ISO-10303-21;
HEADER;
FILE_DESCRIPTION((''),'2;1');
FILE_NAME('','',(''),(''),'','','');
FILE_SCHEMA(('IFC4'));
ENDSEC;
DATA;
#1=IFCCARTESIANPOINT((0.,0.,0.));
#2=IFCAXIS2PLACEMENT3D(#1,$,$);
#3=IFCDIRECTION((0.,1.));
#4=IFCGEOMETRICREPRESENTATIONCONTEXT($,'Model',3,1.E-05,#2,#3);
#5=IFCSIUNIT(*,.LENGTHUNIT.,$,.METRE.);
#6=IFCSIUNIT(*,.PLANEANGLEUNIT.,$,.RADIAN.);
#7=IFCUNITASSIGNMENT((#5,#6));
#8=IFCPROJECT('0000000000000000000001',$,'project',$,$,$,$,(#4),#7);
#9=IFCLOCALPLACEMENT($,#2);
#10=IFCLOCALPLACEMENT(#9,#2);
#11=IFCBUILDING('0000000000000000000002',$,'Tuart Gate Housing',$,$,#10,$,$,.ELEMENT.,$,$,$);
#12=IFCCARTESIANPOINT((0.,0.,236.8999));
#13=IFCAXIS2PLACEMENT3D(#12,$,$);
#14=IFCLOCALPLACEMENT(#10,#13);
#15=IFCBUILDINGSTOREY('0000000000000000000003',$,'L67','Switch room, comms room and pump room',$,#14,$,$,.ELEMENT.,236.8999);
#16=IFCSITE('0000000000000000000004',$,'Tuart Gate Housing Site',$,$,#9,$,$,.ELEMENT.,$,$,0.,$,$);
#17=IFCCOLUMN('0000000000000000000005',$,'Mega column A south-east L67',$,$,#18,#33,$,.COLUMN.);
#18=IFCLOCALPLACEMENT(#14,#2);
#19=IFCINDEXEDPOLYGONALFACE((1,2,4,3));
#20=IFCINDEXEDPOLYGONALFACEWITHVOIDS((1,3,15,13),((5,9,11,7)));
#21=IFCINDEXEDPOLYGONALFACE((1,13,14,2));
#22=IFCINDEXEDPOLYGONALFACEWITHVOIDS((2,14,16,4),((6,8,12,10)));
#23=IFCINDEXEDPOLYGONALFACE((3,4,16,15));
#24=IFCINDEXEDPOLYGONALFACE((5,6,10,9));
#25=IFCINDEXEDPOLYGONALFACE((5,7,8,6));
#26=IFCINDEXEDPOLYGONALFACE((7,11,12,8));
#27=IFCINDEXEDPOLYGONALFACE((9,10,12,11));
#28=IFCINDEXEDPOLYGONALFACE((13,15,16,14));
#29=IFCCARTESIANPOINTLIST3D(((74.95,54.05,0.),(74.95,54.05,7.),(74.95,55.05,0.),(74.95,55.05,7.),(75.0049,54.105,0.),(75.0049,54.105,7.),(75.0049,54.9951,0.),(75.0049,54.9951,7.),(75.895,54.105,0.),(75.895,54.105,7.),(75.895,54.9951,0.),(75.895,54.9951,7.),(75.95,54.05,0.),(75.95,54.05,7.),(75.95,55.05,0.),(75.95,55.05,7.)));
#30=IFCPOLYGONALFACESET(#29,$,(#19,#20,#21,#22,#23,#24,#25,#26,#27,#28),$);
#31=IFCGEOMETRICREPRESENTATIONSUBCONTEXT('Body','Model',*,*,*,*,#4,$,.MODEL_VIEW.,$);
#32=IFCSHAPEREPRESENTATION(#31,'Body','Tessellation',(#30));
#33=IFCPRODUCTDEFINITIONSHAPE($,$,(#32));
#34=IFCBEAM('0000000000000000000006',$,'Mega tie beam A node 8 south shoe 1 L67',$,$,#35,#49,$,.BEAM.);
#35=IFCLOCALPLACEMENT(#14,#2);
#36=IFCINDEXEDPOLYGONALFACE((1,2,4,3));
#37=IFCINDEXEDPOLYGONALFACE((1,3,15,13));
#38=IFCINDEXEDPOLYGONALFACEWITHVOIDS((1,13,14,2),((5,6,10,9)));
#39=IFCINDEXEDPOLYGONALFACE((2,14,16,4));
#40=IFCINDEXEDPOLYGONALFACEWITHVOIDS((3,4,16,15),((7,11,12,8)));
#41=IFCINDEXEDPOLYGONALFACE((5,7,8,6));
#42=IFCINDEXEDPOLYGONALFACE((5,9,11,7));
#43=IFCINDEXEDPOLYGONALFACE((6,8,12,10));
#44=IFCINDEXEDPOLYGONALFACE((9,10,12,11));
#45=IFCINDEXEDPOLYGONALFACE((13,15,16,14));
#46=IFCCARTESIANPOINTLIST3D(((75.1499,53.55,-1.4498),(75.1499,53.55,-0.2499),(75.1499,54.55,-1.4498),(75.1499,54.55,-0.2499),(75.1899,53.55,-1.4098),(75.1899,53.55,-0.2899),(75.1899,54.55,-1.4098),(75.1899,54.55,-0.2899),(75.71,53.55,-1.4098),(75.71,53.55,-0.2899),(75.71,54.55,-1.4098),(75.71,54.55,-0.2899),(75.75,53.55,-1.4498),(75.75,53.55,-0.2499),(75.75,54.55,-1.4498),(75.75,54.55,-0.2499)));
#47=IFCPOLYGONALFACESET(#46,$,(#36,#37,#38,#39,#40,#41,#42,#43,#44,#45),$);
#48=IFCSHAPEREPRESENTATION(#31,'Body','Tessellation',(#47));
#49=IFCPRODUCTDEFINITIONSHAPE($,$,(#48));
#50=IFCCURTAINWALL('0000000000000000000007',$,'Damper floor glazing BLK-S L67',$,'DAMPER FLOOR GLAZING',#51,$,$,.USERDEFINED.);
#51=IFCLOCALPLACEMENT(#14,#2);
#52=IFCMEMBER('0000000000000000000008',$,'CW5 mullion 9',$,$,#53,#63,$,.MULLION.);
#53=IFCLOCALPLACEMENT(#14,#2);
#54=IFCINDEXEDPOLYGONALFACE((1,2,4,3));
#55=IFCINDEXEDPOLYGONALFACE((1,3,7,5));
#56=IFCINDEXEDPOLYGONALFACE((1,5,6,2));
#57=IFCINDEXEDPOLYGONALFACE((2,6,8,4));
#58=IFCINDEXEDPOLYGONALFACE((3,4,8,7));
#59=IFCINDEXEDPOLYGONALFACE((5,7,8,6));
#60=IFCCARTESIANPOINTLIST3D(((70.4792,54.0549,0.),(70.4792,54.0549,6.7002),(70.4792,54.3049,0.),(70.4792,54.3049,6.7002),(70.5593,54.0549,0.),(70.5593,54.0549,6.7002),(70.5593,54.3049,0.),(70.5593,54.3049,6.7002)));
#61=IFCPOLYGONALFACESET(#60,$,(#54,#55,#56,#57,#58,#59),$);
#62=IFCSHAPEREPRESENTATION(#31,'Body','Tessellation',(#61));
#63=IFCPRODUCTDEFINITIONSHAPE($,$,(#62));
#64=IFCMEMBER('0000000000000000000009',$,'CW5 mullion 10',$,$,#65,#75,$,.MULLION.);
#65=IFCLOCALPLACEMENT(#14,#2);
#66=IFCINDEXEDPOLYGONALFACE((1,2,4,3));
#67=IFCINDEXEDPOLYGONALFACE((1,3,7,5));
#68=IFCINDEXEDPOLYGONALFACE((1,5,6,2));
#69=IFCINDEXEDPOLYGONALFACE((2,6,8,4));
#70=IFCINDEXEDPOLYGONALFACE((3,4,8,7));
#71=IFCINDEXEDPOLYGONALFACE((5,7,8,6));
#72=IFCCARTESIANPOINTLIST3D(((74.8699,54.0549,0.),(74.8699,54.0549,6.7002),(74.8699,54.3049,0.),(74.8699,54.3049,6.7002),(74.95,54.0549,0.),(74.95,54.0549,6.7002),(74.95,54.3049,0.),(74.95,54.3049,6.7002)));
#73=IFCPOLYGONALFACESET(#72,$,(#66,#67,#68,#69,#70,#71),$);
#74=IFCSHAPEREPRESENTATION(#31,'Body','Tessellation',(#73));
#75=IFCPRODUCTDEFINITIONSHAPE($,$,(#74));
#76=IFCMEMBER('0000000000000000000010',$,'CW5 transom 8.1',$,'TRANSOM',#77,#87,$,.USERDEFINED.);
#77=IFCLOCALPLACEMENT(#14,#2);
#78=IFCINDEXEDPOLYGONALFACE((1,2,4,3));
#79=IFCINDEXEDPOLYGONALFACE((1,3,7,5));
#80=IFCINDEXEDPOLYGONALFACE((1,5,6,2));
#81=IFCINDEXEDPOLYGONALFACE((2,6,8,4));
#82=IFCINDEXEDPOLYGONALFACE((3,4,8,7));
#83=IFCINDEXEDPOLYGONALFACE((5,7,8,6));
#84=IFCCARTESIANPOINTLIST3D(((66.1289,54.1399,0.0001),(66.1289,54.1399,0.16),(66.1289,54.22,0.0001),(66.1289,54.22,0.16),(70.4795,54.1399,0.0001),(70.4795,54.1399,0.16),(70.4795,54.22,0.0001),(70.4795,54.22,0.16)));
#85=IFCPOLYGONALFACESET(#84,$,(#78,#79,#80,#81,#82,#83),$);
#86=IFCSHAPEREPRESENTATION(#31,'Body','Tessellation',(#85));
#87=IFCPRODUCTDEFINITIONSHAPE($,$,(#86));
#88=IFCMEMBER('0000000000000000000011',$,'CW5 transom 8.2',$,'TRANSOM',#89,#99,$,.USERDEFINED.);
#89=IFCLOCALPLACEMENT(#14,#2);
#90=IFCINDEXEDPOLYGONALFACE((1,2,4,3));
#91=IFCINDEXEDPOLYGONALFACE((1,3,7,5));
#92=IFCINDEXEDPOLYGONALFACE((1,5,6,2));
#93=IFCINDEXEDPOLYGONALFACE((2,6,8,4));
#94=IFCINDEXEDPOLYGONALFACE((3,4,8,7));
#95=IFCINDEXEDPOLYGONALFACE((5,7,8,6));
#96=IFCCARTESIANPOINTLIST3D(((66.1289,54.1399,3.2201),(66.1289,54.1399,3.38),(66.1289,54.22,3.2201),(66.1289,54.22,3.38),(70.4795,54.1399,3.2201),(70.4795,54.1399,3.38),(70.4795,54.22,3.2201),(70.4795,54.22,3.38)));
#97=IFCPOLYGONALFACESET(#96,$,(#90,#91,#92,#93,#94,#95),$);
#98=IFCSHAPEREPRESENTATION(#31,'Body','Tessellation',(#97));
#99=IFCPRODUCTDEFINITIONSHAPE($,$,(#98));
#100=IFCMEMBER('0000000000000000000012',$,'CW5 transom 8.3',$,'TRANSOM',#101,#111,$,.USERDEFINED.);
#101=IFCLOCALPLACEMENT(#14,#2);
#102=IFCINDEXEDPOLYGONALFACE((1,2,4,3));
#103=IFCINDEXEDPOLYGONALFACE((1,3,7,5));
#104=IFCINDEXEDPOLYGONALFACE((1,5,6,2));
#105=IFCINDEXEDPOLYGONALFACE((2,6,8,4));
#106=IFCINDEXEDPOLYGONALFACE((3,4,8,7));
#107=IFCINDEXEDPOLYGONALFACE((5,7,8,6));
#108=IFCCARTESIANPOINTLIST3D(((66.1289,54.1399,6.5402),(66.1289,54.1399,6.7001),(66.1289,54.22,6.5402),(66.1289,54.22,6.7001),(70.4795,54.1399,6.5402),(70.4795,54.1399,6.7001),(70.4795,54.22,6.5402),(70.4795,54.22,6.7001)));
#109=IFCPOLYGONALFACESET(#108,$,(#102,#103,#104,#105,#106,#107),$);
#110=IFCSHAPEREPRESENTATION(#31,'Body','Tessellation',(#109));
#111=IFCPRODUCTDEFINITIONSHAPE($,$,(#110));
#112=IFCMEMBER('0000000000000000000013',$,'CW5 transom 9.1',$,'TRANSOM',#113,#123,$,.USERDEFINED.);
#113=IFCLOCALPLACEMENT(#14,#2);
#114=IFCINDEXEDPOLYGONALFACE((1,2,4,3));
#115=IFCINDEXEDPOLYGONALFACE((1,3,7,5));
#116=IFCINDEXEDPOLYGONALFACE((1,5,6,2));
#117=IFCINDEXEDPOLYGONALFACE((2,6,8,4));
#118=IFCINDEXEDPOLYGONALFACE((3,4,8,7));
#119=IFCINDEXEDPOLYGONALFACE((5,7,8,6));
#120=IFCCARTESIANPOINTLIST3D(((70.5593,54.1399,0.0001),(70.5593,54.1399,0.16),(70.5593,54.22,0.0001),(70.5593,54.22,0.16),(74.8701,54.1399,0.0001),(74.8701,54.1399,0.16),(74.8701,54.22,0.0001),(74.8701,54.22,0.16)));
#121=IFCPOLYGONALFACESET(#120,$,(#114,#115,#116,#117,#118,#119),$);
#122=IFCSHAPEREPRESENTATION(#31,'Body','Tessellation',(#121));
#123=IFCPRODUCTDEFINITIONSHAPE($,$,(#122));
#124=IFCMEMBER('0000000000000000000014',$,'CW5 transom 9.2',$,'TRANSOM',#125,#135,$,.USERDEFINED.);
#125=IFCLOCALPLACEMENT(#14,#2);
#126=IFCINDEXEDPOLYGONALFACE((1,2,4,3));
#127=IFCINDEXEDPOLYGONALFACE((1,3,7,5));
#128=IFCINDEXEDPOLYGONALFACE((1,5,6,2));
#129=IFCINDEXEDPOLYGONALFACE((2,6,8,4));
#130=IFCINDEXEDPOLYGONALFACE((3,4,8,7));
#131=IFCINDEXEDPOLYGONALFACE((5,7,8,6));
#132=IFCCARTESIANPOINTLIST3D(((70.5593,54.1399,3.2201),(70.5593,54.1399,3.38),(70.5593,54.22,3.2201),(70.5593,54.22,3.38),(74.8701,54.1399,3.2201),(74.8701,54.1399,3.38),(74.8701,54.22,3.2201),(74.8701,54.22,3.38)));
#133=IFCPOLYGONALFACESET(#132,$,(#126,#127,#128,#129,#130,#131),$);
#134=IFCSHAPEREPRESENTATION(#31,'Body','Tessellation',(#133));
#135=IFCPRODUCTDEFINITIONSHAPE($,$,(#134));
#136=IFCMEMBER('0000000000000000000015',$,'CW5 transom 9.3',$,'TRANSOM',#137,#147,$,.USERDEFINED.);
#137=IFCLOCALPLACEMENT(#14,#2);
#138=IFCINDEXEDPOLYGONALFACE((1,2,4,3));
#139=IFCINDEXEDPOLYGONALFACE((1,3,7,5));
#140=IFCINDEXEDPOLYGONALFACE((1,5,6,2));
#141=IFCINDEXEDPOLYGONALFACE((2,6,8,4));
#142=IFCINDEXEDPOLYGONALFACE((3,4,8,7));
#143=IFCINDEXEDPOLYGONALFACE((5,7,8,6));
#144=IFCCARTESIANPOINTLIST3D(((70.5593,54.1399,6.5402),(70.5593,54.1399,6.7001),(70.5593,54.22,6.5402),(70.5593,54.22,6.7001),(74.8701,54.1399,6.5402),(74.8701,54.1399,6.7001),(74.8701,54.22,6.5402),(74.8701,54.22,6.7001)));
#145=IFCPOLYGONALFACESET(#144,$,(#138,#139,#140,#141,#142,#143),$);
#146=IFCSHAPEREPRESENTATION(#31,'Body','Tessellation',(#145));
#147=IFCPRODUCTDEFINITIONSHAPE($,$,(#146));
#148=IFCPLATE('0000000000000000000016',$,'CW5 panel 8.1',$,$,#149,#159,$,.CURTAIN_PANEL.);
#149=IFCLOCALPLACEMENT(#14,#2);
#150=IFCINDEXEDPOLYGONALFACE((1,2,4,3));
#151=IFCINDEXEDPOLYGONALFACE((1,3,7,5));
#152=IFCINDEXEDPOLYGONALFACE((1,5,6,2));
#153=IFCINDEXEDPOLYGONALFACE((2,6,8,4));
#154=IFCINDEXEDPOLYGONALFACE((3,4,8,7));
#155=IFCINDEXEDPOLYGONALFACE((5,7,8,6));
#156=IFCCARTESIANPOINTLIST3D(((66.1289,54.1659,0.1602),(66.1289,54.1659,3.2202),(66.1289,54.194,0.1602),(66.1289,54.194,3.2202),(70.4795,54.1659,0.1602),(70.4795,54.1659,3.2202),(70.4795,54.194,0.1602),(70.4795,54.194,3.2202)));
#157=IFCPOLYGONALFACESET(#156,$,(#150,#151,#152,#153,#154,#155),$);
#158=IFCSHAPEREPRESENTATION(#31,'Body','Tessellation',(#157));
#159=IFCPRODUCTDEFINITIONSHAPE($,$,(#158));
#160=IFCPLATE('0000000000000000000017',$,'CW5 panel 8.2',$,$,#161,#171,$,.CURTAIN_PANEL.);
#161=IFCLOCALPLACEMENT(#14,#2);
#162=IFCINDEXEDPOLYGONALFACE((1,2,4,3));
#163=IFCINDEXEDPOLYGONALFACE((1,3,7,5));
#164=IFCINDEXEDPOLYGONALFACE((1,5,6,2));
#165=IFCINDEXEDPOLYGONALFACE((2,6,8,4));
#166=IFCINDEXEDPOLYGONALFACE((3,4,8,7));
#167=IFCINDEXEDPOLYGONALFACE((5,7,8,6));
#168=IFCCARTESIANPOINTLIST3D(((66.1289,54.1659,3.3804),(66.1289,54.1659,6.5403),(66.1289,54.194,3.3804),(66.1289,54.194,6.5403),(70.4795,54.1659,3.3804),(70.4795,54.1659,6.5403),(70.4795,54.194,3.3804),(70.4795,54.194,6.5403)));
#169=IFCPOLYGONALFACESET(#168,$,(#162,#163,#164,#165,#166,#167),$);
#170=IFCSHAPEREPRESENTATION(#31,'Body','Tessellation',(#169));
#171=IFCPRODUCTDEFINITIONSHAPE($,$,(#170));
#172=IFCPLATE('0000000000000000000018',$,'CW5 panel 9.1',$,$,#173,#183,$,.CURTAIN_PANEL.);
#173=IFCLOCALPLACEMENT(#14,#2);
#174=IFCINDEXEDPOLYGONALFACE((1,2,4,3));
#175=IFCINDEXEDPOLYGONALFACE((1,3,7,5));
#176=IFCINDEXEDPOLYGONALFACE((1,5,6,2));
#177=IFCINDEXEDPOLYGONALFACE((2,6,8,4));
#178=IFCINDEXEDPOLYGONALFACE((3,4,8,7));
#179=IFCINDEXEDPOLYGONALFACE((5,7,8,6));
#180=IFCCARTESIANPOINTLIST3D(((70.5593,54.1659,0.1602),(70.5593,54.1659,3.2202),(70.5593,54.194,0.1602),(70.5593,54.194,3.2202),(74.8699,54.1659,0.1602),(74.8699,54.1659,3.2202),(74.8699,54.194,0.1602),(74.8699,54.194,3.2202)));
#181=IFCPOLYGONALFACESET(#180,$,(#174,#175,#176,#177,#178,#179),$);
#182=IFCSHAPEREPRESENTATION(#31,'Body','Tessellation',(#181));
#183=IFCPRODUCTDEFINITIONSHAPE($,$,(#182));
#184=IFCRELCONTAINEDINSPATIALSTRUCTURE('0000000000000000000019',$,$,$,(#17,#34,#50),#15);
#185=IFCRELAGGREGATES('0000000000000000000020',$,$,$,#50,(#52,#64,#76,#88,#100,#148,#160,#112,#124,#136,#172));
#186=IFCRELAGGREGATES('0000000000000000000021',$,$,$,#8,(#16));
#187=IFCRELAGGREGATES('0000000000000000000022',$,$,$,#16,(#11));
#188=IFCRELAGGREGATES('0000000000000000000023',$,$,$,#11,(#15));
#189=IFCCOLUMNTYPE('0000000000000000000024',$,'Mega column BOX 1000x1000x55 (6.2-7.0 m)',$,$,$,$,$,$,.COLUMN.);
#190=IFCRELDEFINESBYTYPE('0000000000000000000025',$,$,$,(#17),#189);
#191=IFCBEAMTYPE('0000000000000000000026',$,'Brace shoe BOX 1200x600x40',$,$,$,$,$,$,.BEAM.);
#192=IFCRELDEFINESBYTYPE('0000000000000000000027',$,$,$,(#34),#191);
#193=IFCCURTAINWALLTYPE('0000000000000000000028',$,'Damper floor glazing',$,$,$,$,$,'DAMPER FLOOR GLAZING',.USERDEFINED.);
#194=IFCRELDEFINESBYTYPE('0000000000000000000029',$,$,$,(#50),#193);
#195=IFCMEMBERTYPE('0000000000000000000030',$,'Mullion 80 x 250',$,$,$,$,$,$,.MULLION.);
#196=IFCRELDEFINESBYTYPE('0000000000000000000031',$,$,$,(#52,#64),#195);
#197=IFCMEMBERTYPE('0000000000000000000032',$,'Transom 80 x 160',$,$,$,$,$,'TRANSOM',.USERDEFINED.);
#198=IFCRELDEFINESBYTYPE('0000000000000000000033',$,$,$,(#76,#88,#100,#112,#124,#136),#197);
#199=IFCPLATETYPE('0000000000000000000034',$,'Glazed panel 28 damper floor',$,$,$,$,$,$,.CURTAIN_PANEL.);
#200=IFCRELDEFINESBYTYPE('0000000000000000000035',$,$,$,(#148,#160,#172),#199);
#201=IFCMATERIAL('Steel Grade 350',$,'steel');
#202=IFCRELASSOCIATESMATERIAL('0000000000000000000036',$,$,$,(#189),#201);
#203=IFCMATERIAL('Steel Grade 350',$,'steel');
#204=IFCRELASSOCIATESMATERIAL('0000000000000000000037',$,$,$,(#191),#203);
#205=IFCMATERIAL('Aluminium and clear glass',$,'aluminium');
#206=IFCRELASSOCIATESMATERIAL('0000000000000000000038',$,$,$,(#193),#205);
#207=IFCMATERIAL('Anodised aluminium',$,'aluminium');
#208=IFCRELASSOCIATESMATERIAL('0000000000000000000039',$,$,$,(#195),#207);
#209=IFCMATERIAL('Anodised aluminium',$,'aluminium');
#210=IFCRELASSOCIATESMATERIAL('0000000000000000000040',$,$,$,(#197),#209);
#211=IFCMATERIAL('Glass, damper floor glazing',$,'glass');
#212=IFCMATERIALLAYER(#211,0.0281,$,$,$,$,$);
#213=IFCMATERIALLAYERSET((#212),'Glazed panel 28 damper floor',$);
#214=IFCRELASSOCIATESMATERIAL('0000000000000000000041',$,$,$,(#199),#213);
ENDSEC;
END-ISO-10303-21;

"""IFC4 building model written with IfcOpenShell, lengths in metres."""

from ifc_helpers import new_model, si_unit, direction, frame, origin, origin_2d, place, context, subcontext, project, spatial, rectangle, hollow_rectangle, extrude, material, layer, layer_set, material_profile, profile_set, type_object, element, aggregate, save


model = new_model("IFC4")

# Units and contexts
model_context = context("Model", 3, precision=1e-05, world=origin(), true_north=direction((0.0, 1.0)))
body_context = subcontext(model_context, "Body", "Model", "MODEL_VIEW")
ifc_project = project(units=[si_unit("LENGTHUNIT", "METRE"), si_unit("PLANEANGLEUNIT", "RADIAN")], contexts=[model_context])

# Site, building, storey
site_placement = place(None, origin())
site = spatial("IfcSite", under=ifc_project, at=site_placement, Name="Tuart Gate Housing Site", CompositionType="ELEMENT", RefElevation=0.0)
building_placement = place(site_placement, origin())
building = spatial("IfcBuilding", under=site, at=building_placement, Name="Tuart Gate Housing", CompositionType="ELEMENT")
storey_placement = place(building_placement, frame((0.0, 0.0, 236.8999)))
storey = spatial("IfcBuildingStorey", under=building, at=storey_placement, Name="L67", Description="Switch room, comms room and pump room", CompositionType="ELEMENT", Elevation=236.8999)

# Column
ifc_material_1 = material(Name="Steel Grade 350", Category="steel")
ifc_material_profile_1 = material_profile(ifc_material_1, hollow_rectangle(XDim=1.0, YDim=1.0, WallThickness=0.0549, at=origin_2d()), Name="BOX 1000x1000x55")
ifc_profile_set_1 = profile_set([ifc_material_profile_1], Name="Steel Grade 350")
column_type = type_object("IfcColumnType", Name="Mega column BOX 1000x1000x55 (6.2-7.0 m)", PredefinedType="COLUMN", material=ifc_profile_set_1)
column_placement = place(storey_placement, frame((75.45, 54.55, 0.0), z_axis=(0.0, 0.0, 1.0), x_axis=(1.0, 0.0, 0.0)))
element("IfcColumn", 1, at=column_placement, inside=storey, type_object=column_type, Name="Mega column A south-east L67", PredefinedType="COLUMN", context=body_context, shape_type="SweptSolid", body=[
    extrude(hollow_rectangle(XDim=1.0, YDim=1.0, WallThickness=0.0549, at=origin_2d()), origin(), (0.0, 0.0, 1.0), 7.0),
])

# Beam
ifc_material_2 = material(Name="Steel Grade 350", Category="steel")
ifc_material_profile_2 = material_profile(ifc_material_2, hollow_rectangle(XDim=0.6001, YDim=1.2, WallThickness=0.04, at=origin_2d()), Name="BOX 1200x600x40")
ifc_profile_set_2 = profile_set([ifc_material_profile_2], Name="Steel Grade 350")
beam_type = type_object("IfcBeamType", Name="Brace shoe BOX 1200x600x40", PredefinedType="BEAM", material=ifc_profile_set_2)
beam_placement = place(storey_placement, frame((75.45, 54.55, -0.8499), z_axis=(0.0, -1.0, 0.0), x_axis=(1.0, 0.0, 0.0)))
element("IfcBeam", 2, at=beam_placement, inside=storey, type_object=beam_type, Name="Mega tie beam A node 8 south shoe 1 L67", PredefinedType="BEAM", context=body_context, shape_type="SweptSolid", body=[
    extrude(hollow_rectangle(XDim=0.6001, YDim=1.2, WallThickness=0.04, at=origin_2d()), origin(), (0.0, 0.0, 1.0), 1.0),
])

# Curtain wall, members, plates
ifc_material_3 = material(Name="Aluminium and clear glass", Category="aluminium")
curtain_wall_type = type_object("IfcCurtainWallType", Name="Damper floor glazing", ElementType="DAMPER FLOOR GLAZING", PredefinedType="USERDEFINED", material=ifc_material_3)
curtain_wall_placement = place(storey_placement, origin())
curtain_wall = element("IfcCurtainWall", 3, at=curtain_wall_placement, inside=storey, type_object=curtain_wall_type, Name="Damper floor glazing BLK-S L67", ObjectType="DAMPER FLOOR GLAZING", PredefinedType="USERDEFINED")
ifc_material_4 = material(Name="Anodised aluminium", Category="aluminium")
ifc_material_profile_3 = material_profile(ifc_material_4, rectangle(XDim=0.0801, YDim=0.25, at=origin_2d()), Name="80x250")
ifc_profile_set_3 = profile_set([ifc_material_profile_3], Name="Anodised aluminium")
member_type_1 = type_object("IfcMemberType", Name="Mullion 80 x 250", PredefinedType="MULLION", material=ifc_profile_set_3)
member_1_placement = place(storey_placement, frame((70.5193, 54.1799, 0.0), z_axis=(0.0, 0.0, 1.0), x_axis=(1.0, 0.0, 0.0)))
member_1 = element("IfcMember", 4, at=member_1_placement, type_object=member_type_1, Name="CW5 mullion 9", PredefinedType="MULLION", context=body_context, shape_type="SweptSolid", body=[
    extrude(rectangle(XDim=0.0801, YDim=0.25, at=origin_2d()), origin(), (0.0, 0.0, 1.0), 6.7002),
])
member_2_placement = place(storey_placement, frame((74.9099, 54.1799, 0.0), z_axis=(0.0, 0.0, 1.0), x_axis=(1.0, 0.0, 0.0)))
member_2 = element("IfcMember", 5, at=member_2_placement, type_object=member_type_1, Name="CW5 mullion 10", PredefinedType="MULLION", context=body_context, shape_type="SweptSolid", body=[
    extrude(rectangle(XDim=0.0801, YDim=0.25, at=origin_2d()), origin(), (0.0, 0.0, 1.0), 6.7002),
])
ifc_material_5 = material(Name="Anodised aluminium", Category="aluminium")
ifc_material_profile_4 = material_profile(ifc_material_5, rectangle(XDim=0.0801, YDim=0.1599, at=origin_2d()), Name="80x160")
ifc_profile_set_4 = profile_set([ifc_material_profile_4], Name="Anodised aluminium")
member_type_2 = type_object("IfcMemberType", Name="Transom 80 x 160", ElementType="TRANSOM", PredefinedType="USERDEFINED", material=ifc_profile_set_4)
member_3_placement = place(storey_placement, frame((66.1289, 54.1799, 0.0801), z_axis=(1.0, 0.0, 0.0), x_axis=(0.0, 1.0, 0.0)))
member_3 = element("IfcMember", 6, at=member_3_placement, type_object=member_type_2, Name="CW5 transom 8.1", ObjectType="TRANSOM", PredefinedType="USERDEFINED", context=body_context, shape_type="SweptSolid", body=[
    extrude(rectangle(XDim=0.0801, YDim=0.1599, at=origin_2d()), origin(), (0.0, 0.0, 1.0), 4.3506),
])
member_4_placement = place(storey_placement, frame((66.1289, 54.1799, 3.3), z_axis=(1.0, 0.0, 0.0), x_axis=(0.0, 1.0, 0.0)))
member_4 = element("IfcMember", 7, at=member_4_placement, type_object=member_type_2, Name="CW5 transom 8.2", ObjectType="TRANSOM", PredefinedType="USERDEFINED", context=body_context, shape_type="SweptSolid", body=[
    extrude(rectangle(XDim=0.0801, YDim=0.1599, at=origin_2d()), origin(), (0.0, 0.0, 1.0), 4.3506),
])
member_5_placement = place(storey_placement, frame((66.1289, 54.1799, 6.6201), z_axis=(1.0, 0.0, 0.0), x_axis=(0.0, 1.0, 0.0)))
member_5 = element("IfcMember", 8, at=member_5_placement, type_object=member_type_2, Name="CW5 transom 8.3", ObjectType="TRANSOM", PredefinedType="USERDEFINED", context=body_context, shape_type="SweptSolid", body=[
    extrude(rectangle(XDim=0.0801, YDim=0.1599, at=origin_2d()), origin(), (0.0, 0.0, 1.0), 4.3506),
])
member_6_placement = place(storey_placement, frame((70.5593, 54.1799, 0.0801), z_axis=(1.0, 0.0, 0.0), x_axis=(0.0, 1.0, 0.0)))
member_6 = element("IfcMember", 9, at=member_6_placement, type_object=member_type_2, Name="CW5 transom 9.1", ObjectType="TRANSOM", PredefinedType="USERDEFINED", context=body_context, shape_type="SweptSolid", body=[
    extrude(rectangle(XDim=0.0801, YDim=0.1599, at=origin_2d()), origin(), (0.0, 0.0, 1.0), 4.3108),
])
member_7_placement = place(storey_placement, frame((70.5593, 54.1799, 3.3), z_axis=(1.0, 0.0, 0.0), x_axis=(0.0, 1.0, 0.0)))
member_7 = element("IfcMember", 10, at=member_7_placement, type_object=member_type_2, Name="CW5 transom 9.2", ObjectType="TRANSOM", PredefinedType="USERDEFINED", context=body_context, shape_type="SweptSolid", body=[
    extrude(rectangle(XDim=0.0801, YDim=0.1599, at=origin_2d()), origin(), (0.0, 0.0, 1.0), 4.3108),
])
member_8_placement = place(storey_placement, frame((70.5593, 54.1799, 6.6201), z_axis=(1.0, 0.0, 0.0), x_axis=(0.0, 1.0, 0.0)))
member_8 = element("IfcMember", 11, at=member_8_placement, type_object=member_type_2, Name="CW5 transom 9.3", ObjectType="TRANSOM", PredefinedType="USERDEFINED", context=body_context, shape_type="SweptSolid", body=[
    extrude(rectangle(XDim=0.0801, YDim=0.1599, at=origin_2d()), origin(), (0.0, 0.0, 1.0), 4.3108),
])
ifc_material_6 = material(Name="Glass, damper floor glazing", Category="glass")
ifc_layer_1 = layer(ifc_material_6, 0.0281)
ifc_layer_set_1 = layer_set([ifc_layer_1], Name="Glazed panel 28 damper floor")
plate_type = type_object("IfcPlateType", Name="Glazed panel 28 damper floor", PredefinedType="CURTAIN_PANEL", material=ifc_layer_set_1)
plate_1_placement = place(storey_placement, frame((68.3042, 54.1799, 0.1602), z_axis=(0.0, 0.0, 1.0), x_axis=(1.0, 0.0, 0.0)))
plate_1 = element("IfcPlate", 12, at=plate_1_placement, type_object=plate_type, Name="CW5 panel 8.1", PredefinedType="CURTAIN_PANEL", context=body_context, shape_type="SweptSolid", body=[
    extrude(rectangle(XDim=4.3506, YDim=0.0281, at=origin_2d()), origin(), (0.0, 0.0, 1.0), 3.0601),
])
plate_2_placement = place(storey_placement, frame((68.3042, 54.1799, 3.3804), z_axis=(0.0, 0.0, 1.0), x_axis=(1.0, 0.0, 0.0)))
plate_2 = element("IfcPlate", 13, at=plate_2_placement, type_object=plate_type, Name="CW5 panel 8.2", PredefinedType="CURTAIN_PANEL", context=body_context, shape_type="SweptSolid", body=[
    extrude(rectangle(XDim=4.3506, YDim=0.0281, at=origin_2d()), origin(), (0.0, 0.0, 1.0), 3.1599),
])
plate_3_placement = place(storey_placement, frame((72.7146, 54.1799, 0.1602), z_axis=(0.0, 0.0, 1.0), x_axis=(1.0, 0.0, 0.0)))
plate_3 = element("IfcPlate", 14, at=plate_3_placement, type_object=plate_type, Name="CW5 panel 9.1", PredefinedType="CURTAIN_PANEL", context=body_context, shape_type="SweptSolid", body=[
    extrude(rectangle(XDim=4.3105, YDim=0.0281, at=origin_2d()), origin(), (0.0, 0.0, 1.0), 3.0601),
])
aggregate(curtain_wall, [member_1, member_2, member_3, member_4, member_5, plate_1, plate_2, member_6, member_7, member_8, plate_3])

save(model, "model.ifc")
